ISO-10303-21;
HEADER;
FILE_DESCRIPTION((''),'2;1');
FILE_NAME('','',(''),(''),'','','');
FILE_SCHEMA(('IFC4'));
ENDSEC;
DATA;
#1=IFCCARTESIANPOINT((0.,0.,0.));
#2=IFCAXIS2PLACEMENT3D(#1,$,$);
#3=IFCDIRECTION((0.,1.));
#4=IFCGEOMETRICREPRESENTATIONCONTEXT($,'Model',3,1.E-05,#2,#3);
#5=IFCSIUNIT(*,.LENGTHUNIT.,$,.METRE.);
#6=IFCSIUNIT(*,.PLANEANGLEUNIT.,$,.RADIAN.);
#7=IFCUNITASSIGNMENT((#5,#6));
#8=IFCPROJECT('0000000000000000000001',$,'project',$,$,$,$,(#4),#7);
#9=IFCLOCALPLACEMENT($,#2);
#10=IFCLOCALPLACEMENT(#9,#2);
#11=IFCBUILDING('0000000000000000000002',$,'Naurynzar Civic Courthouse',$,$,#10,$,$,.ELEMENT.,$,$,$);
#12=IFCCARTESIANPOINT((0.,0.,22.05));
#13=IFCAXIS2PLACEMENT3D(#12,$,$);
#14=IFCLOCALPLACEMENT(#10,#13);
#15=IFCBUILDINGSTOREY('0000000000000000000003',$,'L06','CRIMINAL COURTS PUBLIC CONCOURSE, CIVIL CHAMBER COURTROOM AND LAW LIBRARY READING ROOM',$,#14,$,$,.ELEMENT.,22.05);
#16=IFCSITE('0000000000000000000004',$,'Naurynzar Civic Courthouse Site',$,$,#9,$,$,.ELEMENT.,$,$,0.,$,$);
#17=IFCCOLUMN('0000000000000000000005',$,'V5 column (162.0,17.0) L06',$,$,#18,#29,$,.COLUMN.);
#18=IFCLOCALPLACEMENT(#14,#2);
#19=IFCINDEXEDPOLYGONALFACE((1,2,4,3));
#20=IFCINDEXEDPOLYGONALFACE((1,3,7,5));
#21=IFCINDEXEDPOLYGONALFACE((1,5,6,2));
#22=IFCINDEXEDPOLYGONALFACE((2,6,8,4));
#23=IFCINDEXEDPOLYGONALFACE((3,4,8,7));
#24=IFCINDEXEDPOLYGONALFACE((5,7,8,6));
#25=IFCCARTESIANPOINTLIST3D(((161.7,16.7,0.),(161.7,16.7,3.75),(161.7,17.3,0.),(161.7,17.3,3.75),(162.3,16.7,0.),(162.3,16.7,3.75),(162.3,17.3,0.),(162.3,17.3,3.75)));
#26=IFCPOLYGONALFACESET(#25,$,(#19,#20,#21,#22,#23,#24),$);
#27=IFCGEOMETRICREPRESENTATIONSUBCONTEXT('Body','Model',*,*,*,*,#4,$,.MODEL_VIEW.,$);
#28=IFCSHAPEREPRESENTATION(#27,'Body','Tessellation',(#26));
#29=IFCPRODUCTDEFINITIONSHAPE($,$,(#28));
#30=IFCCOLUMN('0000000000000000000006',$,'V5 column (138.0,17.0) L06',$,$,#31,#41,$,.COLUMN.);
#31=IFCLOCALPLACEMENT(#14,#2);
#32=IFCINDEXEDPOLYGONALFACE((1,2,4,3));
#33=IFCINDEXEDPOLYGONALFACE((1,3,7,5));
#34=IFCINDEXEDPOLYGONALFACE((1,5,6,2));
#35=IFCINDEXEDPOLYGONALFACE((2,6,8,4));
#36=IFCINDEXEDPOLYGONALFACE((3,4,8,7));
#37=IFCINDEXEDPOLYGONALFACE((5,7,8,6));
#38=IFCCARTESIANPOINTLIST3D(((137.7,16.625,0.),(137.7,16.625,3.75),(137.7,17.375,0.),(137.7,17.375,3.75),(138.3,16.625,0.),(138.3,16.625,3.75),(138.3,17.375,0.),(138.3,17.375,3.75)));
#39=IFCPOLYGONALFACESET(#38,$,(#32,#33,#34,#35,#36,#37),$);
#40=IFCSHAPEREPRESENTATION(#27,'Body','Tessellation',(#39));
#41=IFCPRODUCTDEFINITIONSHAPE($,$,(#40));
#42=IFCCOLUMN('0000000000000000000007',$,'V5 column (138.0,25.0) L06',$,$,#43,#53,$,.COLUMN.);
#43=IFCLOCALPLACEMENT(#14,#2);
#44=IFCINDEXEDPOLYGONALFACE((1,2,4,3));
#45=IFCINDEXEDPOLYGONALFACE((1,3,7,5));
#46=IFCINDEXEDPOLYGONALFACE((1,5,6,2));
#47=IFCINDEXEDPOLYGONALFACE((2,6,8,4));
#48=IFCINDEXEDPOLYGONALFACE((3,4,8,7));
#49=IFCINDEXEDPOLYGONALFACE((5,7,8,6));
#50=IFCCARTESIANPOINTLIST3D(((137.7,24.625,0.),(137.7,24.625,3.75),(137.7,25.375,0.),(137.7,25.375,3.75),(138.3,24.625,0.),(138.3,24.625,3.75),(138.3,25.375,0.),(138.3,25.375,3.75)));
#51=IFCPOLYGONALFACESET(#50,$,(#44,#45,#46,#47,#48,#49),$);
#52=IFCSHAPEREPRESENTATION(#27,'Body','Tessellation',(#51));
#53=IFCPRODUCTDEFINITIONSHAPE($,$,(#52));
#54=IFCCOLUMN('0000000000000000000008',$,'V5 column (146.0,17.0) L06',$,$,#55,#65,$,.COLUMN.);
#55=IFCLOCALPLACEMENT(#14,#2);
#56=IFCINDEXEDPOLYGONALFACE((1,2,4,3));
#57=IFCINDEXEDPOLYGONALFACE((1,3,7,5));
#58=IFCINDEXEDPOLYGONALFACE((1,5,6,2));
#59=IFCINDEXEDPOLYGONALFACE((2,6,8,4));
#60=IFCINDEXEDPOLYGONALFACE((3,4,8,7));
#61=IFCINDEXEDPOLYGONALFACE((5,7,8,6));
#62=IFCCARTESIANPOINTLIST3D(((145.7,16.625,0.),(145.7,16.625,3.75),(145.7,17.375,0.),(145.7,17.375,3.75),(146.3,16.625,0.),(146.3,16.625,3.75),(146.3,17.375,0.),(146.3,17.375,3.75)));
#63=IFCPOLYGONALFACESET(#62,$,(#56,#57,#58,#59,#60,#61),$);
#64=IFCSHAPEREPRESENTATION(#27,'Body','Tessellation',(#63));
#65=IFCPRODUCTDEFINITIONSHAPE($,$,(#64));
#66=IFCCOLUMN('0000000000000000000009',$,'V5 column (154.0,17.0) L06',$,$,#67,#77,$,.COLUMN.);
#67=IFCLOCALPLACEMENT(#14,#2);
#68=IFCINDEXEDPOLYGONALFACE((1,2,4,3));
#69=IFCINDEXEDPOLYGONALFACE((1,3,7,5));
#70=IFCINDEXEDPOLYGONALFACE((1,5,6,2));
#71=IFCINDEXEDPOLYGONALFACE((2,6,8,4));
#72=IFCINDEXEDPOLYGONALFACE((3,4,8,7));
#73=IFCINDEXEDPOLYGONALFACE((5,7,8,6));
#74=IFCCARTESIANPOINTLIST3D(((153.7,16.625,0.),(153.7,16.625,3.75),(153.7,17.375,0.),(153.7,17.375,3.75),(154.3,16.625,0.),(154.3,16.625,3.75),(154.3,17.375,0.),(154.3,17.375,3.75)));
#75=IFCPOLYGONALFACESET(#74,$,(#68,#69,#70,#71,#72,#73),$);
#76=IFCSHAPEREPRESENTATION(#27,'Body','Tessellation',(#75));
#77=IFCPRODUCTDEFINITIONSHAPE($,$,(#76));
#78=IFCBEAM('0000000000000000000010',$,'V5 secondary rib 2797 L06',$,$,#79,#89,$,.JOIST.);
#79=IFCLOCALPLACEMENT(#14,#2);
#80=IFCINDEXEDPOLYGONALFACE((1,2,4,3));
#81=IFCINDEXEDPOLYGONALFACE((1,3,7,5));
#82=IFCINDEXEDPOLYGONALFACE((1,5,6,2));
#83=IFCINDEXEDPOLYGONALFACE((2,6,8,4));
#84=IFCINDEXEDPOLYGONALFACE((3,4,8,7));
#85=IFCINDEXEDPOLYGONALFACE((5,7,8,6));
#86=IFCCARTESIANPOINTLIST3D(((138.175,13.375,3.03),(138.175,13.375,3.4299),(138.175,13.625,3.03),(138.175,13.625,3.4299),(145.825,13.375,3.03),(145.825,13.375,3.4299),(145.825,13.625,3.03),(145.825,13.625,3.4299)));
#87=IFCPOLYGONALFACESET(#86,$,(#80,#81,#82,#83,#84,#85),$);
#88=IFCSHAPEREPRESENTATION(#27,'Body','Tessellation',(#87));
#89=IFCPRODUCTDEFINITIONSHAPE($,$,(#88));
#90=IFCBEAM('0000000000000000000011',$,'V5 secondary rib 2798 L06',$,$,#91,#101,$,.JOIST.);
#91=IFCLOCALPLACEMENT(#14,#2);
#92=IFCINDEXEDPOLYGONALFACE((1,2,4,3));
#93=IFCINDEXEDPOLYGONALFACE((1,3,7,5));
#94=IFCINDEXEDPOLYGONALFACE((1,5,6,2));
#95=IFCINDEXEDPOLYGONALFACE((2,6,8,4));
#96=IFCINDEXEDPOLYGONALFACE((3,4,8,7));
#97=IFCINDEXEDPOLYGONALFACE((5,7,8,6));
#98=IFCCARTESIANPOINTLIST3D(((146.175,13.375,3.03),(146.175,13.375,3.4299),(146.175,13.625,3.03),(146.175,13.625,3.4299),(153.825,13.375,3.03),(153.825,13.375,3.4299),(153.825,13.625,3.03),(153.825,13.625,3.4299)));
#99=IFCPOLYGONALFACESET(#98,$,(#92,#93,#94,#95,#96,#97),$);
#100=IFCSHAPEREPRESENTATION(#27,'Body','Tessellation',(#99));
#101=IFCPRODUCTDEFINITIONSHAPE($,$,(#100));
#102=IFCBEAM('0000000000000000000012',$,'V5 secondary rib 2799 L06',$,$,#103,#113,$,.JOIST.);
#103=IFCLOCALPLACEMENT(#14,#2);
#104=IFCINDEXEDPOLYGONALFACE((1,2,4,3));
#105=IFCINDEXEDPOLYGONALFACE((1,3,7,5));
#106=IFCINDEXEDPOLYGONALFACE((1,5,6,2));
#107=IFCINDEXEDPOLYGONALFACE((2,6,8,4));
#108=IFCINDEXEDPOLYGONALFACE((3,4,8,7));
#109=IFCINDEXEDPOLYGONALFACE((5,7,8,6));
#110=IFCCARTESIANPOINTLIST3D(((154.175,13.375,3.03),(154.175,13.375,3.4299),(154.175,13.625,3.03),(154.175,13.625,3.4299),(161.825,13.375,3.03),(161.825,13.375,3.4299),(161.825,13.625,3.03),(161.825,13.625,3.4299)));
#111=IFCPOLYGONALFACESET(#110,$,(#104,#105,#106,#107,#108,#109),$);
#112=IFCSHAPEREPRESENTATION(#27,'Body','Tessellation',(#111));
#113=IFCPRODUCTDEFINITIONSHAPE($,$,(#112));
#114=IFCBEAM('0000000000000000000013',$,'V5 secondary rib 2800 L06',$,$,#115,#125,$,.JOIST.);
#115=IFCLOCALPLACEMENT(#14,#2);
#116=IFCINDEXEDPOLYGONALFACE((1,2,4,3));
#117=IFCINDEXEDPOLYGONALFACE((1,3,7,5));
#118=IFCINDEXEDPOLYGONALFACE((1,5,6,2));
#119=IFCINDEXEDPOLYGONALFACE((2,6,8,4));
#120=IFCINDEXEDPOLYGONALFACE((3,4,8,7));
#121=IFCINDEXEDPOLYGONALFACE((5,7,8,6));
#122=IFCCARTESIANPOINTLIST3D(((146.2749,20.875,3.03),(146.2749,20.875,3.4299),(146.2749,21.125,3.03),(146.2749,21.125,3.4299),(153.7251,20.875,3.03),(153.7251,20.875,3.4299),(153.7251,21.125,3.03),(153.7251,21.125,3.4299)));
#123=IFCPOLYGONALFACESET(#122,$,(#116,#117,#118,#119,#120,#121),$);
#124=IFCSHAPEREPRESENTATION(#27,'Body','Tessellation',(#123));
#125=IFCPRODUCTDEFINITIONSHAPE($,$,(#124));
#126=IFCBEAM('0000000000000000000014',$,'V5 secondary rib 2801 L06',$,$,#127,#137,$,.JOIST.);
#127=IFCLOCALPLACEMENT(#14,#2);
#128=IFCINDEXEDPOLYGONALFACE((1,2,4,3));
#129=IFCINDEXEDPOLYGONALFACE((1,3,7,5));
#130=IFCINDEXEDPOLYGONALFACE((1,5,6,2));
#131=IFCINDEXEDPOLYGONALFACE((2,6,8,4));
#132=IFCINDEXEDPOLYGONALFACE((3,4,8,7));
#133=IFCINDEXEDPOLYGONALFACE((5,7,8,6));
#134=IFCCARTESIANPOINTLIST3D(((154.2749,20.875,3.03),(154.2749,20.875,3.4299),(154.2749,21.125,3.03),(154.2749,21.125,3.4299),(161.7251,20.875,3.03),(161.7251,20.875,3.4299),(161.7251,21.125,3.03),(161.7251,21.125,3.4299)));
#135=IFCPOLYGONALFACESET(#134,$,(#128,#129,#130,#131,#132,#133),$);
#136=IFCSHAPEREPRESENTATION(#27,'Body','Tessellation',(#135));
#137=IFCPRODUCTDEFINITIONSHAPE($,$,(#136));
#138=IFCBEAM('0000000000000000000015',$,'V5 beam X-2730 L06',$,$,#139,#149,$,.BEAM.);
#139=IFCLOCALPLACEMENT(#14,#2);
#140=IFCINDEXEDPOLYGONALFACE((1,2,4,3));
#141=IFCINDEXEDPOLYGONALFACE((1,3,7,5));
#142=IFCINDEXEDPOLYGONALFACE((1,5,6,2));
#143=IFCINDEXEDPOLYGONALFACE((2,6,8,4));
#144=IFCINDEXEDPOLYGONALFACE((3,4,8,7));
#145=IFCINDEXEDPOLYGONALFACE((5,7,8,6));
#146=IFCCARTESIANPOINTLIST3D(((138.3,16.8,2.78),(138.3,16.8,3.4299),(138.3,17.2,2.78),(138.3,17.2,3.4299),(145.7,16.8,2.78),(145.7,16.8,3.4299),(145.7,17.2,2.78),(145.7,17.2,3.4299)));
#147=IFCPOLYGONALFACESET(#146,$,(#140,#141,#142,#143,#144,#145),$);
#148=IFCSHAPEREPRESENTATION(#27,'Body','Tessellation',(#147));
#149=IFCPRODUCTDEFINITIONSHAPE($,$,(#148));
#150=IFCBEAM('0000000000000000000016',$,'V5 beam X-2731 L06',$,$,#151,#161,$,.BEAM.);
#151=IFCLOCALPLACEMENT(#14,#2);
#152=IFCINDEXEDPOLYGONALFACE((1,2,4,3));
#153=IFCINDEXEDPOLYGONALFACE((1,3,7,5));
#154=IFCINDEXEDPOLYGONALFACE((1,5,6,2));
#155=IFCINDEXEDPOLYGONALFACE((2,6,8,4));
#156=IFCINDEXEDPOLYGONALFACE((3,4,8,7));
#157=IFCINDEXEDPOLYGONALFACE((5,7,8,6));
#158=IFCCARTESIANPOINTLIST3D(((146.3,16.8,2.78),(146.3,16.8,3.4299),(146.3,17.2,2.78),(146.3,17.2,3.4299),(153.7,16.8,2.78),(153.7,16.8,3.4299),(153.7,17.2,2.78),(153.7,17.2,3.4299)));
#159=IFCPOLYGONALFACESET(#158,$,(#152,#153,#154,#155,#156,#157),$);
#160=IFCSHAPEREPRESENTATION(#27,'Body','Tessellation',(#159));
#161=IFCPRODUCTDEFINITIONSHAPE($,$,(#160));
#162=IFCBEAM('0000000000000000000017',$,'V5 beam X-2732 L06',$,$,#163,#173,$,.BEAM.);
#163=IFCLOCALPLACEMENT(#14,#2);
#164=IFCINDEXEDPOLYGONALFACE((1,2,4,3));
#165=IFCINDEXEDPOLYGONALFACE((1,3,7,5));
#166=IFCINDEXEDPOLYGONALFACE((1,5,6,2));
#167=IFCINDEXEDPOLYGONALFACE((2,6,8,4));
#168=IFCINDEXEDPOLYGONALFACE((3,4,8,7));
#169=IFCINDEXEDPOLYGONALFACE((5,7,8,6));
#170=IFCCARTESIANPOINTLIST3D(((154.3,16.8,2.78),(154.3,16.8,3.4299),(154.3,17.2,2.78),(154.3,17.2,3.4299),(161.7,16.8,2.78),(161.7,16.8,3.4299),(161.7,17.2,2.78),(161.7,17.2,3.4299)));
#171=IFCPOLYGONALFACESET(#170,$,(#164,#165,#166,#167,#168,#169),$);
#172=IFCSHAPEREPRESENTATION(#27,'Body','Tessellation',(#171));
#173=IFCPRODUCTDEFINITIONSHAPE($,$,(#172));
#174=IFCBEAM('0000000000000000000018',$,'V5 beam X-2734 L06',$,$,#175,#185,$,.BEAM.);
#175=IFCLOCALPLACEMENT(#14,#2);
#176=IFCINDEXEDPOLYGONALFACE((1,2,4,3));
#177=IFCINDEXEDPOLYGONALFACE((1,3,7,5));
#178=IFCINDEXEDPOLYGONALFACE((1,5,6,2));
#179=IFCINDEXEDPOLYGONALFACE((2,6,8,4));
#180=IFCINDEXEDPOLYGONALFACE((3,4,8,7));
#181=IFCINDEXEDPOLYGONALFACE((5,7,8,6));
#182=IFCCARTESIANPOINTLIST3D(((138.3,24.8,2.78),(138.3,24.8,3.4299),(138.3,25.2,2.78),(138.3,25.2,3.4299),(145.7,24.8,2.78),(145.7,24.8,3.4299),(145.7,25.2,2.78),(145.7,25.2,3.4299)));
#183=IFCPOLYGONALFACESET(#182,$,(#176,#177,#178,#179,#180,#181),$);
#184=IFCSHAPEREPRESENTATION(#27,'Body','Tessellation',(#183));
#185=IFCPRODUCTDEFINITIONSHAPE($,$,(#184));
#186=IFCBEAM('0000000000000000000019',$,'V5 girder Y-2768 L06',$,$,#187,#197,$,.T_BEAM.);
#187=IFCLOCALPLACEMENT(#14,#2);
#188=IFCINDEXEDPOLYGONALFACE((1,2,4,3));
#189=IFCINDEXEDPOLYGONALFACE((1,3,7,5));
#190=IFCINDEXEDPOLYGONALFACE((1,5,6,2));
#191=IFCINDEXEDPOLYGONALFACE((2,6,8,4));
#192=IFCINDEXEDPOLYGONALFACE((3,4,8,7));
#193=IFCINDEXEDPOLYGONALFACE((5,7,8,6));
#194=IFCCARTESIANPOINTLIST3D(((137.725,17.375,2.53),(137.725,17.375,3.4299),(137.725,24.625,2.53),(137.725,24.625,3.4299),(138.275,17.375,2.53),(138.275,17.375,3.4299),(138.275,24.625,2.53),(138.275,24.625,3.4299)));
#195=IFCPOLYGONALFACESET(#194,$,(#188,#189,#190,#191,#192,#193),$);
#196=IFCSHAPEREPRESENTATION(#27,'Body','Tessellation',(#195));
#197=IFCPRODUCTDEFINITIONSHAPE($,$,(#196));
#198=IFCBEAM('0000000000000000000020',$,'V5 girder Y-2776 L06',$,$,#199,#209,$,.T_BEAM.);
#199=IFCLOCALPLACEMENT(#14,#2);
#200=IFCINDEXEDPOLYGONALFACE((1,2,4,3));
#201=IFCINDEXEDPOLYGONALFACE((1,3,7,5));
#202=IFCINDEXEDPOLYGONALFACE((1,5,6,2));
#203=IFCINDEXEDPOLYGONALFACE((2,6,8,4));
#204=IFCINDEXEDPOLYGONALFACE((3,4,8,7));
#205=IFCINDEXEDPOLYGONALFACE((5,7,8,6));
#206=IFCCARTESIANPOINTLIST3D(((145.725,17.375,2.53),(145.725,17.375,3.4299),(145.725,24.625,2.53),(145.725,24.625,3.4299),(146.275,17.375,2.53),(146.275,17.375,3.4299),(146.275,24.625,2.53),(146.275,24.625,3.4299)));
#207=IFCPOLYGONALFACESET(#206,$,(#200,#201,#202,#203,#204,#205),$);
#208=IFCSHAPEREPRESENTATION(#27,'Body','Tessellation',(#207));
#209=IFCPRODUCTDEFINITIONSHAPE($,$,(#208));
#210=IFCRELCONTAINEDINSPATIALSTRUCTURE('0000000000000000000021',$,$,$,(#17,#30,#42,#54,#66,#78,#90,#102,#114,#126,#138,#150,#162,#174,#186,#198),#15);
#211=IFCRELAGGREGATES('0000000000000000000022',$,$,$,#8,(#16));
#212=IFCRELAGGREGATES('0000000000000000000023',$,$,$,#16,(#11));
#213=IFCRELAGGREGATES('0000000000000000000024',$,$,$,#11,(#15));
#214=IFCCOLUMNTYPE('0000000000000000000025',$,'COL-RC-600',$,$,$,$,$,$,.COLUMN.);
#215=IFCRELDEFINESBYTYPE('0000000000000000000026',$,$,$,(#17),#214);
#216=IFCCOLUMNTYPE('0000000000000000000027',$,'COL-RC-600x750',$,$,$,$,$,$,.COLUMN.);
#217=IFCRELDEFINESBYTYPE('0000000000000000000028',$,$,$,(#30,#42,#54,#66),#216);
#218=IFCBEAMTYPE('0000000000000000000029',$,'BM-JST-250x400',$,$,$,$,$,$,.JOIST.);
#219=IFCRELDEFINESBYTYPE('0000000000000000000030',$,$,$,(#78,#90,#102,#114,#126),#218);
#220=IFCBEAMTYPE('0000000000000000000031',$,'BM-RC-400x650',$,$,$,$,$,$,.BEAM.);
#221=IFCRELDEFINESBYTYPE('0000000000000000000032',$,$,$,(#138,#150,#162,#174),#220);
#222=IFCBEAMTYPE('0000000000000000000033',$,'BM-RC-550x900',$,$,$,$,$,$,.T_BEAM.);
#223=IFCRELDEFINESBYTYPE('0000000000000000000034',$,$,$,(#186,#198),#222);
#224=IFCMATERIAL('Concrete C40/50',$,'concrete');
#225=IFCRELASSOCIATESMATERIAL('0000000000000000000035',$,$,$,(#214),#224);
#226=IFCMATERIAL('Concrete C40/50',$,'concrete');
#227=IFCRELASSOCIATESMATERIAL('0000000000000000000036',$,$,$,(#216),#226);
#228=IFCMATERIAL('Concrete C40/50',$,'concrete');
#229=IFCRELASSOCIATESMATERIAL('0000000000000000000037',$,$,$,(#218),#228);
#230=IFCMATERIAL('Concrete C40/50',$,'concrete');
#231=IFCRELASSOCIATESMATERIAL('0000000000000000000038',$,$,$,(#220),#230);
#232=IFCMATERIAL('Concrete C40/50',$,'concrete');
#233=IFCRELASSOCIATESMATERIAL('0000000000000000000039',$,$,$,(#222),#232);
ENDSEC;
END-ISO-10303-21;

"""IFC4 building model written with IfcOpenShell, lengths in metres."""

from ifc_helpers import new_model, si_unit, direction, frame, origin, origin_2d, place, context, subcontext, project, spatial, rectangle, extrude, material, material_profile, profile_set, type_object, element, save


model = new_model("IFC4")

# Units and contexts
model_context = context("Model", 3, precision=1e-05, world=origin(), true_north=direction((0.0, 1.0)))
body_context = subcontext(model_context, "Body", "Model", "MODEL_VIEW")
ifc_project = project(units=[si_unit("LENGTHUNIT", "METRE"), si_unit("PLANEANGLEUNIT", "RADIAN")], contexts=[model_context])

# Site, building, storey
site_placement = place(None, origin())
site = spatial("IfcSite", under=ifc_project, at=site_placement, Name="Naurynzar Civic Courthouse Site", CompositionType="ELEMENT", RefElevation=0.0)
building_placement = place(site_placement, origin())
building = spatial("IfcBuilding", under=site, at=building_placement, Name="Naurynzar Civic Courthouse", CompositionType="ELEMENT")
storey_placement = place(building_placement, frame((0.0, 0.0, 22.05)))
storey = spatial("IfcBuildingStorey", under=building, at=storey_placement, Name="L06", Description="CRIMINAL COURTS PUBLIC CONCOURSE, CIVIL CHAMBER COURTROOM AND LAW LIBRARY READING ROOM", CompositionType="ELEMENT", Elevation=22.05)

# Columns
ifc_material_1 = material(Name="Concrete C40/50", Category="concrete")
ifc_material_profile_1 = material_profile(ifc_material_1, rectangle(XDim=0.6001, YDim=0.6001, at=origin_2d()), Name="RC 600x600")
ifc_profile_set_1 = profile_set([ifc_material_profile_1], Name="Concrete C40/50")
column_type_1 = type_object("IfcColumnType", Name="COL-RC-600", PredefinedType="COLUMN", material=ifc_profile_set_1)
column_placement = place(storey_placement, frame((162.0, 17.0, 0.0), z_axis=(0.0, 0.0, 1.0), x_axis=(1.0, 0.0, 0.0)))
element("IfcColumn", 1, at=column_placement, inside=storey, type_object=column_type_1, Name="V5 column (162.0,17.0) L06", PredefinedType="COLUMN", context=body_context, shape_type="SweptSolid", body=[
    extrude(rectangle(XDim=0.6001, YDim=0.6001, at=origin_2d()), origin(), (0.0, 0.0, 1.0), 3.75),
])
ifc_material_2 = material(Name="Concrete C40/50", Category="concrete")
ifc_material_profile_2 = material_profile(ifc_material_2, rectangle(XDim=0.6001, YDim=0.75, at=origin_2d()), Name="RC 600x750")
ifc_profile_set_2 = profile_set([ifc_material_profile_2], Name="Concrete C40/50")
column_type_2 = type_object("IfcColumnType", Name="COL-RC-600x750", PredefinedType="COLUMN", material=ifc_profile_set_2)
for number, where, z_axis, x_axis, name in (
    (2, (138.0, 17.0, 0.0), (0.0, 0.0, 1.0), (1.0, 0.0, 0.0), "V5 column (138.0,17.0) L06"),
    (3, (138.0, 25.0, 0.0), (0.0, 0.0, 1.0), (1.0, 0.0, 0.0), "V5 column (138.0,25.0) L06"),
    (4, (146.0, 17.0, 0.0), (0.0, 0.0, 1.0), (1.0, 0.0, 0.0), "V5 column (146.0,17.0) L06"),
    (5, (154.0, 17.0, 0.0), (0.0, 0.0, 1.0), (1.0, 0.0, 0.0), "V5 column (154.0,17.0) L06"),
):
    element("IfcColumn", number, at=place(storey_placement, frame(where, z_axis=z_axis, x_axis=x_axis)), inside=storey, type_object=column_type_2, Name=name, PredefinedType="COLUMN", context=body_context, shape_type="SweptSolid", body=[
        extrude(rectangle(XDim=0.6001, YDim=0.75, at=origin_2d()), origin(), (0.0, 0.0, 1.0), 3.75),
    ])

# Beams
ifc_material_3 = material(Name="Concrete C40/50", Category="concrete")
ifc_material_profile_3 = material_profile(ifc_material_3, rectangle(XDim=0.25, YDim=0.3999, at=origin_2d()), Name="RCB 250x400")
ifc_profile_set_3 = profile_set([ifc_material_profile_3], Name="Concrete C40/50")
beam_type_1 = type_object("IfcBeamType", Name="BM-JST-250x400", PredefinedType="JOIST", material=ifc_profile_set_3)
for number, where, z_axis, x_axis, name in (
    (6, (138.175, 13.5, 3.23), (1.0, 0.0, 0.0), (0.0, 1.0, 0.0), "V5 secondary rib 2797 L06"),
    (7, (146.175, 13.5, 3.23), (1.0, 0.0, 0.0), (0.0, 1.0, 0.0), "V5 secondary rib 2798 L06"),
    (8, (154.175, 13.5, 3.23), (1.0, 0.0, 0.0), (0.0, 1.0, 0.0), "V5 secondary rib 2799 L06"),
):
    element("IfcBeam", number, at=place(storey_placement, frame(where, z_axis=z_axis, x_axis=x_axis)), inside=storey, type_object=beam_type_1, Name=name, PredefinedType="JOIST", context=body_context, shape_type="SweptSolid", body=[
        extrude(rectangle(XDim=0.25, YDim=0.3999, at=origin_2d()), origin(), (0.0, 0.0, 1.0), 7.6499),
    ])
for number, where, z_axis, x_axis, name in (
    (9, (146.2749, 21.0, 3.23), (1.0, 0.0, 0.0), (0.0, 1.0, 0.0), "V5 secondary rib 2800 L06"),
    (10, (154.2749, 21.0, 3.23), (1.0, 0.0, 0.0), (0.0, 1.0, 0.0), "V5 secondary rib 2801 L06"),
):
    element("IfcBeam", number, at=place(storey_placement, frame(where, z_axis=z_axis, x_axis=x_axis)), inside=storey, type_object=beam_type_1, Name=name, PredefinedType="JOIST", context=body_context, shape_type="SweptSolid", body=[
        extrude(rectangle(XDim=0.25, YDim=0.3999, at=origin_2d()), origin(), (0.0, 0.0, 1.0), 7.4502),
    ])
ifc_material_4 = material(Name="Concrete C40/50", Category="concrete")
ifc_material_profile_4 = material_profile(ifc_material_4, rectangle(XDim=0.3999, YDim=0.6499, at=origin_2d()), Name="RCB 400x650")
ifc_profile_set_4 = profile_set([ifc_material_profile_4], Name="Concrete C40/50")
beam_type_2 = type_object("IfcBeamType", Name="BM-RC-400x650", PredefinedType="BEAM", material=ifc_profile_set_4)
for number, where, z_axis, x_axis, name in (
    (11, (138.3, 17.0, 3.105), (1.0, 0.0, 0.0), (0.0, 1.0, 0.0), "V5 beam X-2730 L06"),
    (12, (146.3, 17.0, 3.105), (1.0, 0.0, 0.0), (0.0, 1.0, 0.0), "V5 beam X-2731 L06"),
    (13, (154.3, 17.0, 3.105), (1.0, 0.0, 0.0), (0.0, 1.0, 0.0), "V5 beam X-2732 L06"),
    (14, (138.3, 25.0, 3.105), (1.0, 0.0, 0.0), (0.0, 1.0, 0.0), "V5 beam X-2734 L06"),
):
    element("IfcBeam", number, at=place(storey_placement, frame(where, z_axis=z_axis, x_axis=x_axis)), inside=storey, type_object=beam_type_2, Name=name, PredefinedType="BEAM", context=body_context, shape_type="SweptSolid", body=[
        extrude(rectangle(XDim=0.3999, YDim=0.6499, at=origin_2d()), origin(), (0.0, 0.0, 1.0), 7.3999),
    ])
ifc_material_5 = material(Name="Concrete C40/50", Category="concrete")
ifc_material_profile_5 = material_profile(ifc_material_5, rectangle(XDim=0.55, YDim=0.8999, at=origin_2d()), Name="RCB 550x900")
ifc_profile_set_5 = profile_set([ifc_material_profile_5], Name="Concrete C40/50")
beam_type_3 = type_object("IfcBeamType", Name="BM-RC-550x900", PredefinedType="T_BEAM", material=ifc_profile_set_5)
for number, where, z_axis, x_axis, name in (
    (15, (138.0, 17.375, 2.98), (0.0, 1.0, 0.0), (-1.0, 0.0, 0.0), "V5 girder Y-2768 L06"),
    (16, (146.0, 17.375, 2.98), (0.0, 1.0, 0.0), (-1.0, 0.0, 0.0), "V5 girder Y-2776 L06"),
):
    element("IfcBeam", number, at=place(storey_placement, frame(where, z_axis=z_axis, x_axis=x_axis)), inside=storey, type_object=beam_type_3, Name=name, PredefinedType="T_BEAM", context=body_context, shape_type="SweptSolid", body=[
        extrude(rectangle(XDim=0.55, YDim=0.8999, at=origin_2d()), origin(), (0.0, 0.0, 1.0), 7.25),
    ])

save(model, "model.ifc")
